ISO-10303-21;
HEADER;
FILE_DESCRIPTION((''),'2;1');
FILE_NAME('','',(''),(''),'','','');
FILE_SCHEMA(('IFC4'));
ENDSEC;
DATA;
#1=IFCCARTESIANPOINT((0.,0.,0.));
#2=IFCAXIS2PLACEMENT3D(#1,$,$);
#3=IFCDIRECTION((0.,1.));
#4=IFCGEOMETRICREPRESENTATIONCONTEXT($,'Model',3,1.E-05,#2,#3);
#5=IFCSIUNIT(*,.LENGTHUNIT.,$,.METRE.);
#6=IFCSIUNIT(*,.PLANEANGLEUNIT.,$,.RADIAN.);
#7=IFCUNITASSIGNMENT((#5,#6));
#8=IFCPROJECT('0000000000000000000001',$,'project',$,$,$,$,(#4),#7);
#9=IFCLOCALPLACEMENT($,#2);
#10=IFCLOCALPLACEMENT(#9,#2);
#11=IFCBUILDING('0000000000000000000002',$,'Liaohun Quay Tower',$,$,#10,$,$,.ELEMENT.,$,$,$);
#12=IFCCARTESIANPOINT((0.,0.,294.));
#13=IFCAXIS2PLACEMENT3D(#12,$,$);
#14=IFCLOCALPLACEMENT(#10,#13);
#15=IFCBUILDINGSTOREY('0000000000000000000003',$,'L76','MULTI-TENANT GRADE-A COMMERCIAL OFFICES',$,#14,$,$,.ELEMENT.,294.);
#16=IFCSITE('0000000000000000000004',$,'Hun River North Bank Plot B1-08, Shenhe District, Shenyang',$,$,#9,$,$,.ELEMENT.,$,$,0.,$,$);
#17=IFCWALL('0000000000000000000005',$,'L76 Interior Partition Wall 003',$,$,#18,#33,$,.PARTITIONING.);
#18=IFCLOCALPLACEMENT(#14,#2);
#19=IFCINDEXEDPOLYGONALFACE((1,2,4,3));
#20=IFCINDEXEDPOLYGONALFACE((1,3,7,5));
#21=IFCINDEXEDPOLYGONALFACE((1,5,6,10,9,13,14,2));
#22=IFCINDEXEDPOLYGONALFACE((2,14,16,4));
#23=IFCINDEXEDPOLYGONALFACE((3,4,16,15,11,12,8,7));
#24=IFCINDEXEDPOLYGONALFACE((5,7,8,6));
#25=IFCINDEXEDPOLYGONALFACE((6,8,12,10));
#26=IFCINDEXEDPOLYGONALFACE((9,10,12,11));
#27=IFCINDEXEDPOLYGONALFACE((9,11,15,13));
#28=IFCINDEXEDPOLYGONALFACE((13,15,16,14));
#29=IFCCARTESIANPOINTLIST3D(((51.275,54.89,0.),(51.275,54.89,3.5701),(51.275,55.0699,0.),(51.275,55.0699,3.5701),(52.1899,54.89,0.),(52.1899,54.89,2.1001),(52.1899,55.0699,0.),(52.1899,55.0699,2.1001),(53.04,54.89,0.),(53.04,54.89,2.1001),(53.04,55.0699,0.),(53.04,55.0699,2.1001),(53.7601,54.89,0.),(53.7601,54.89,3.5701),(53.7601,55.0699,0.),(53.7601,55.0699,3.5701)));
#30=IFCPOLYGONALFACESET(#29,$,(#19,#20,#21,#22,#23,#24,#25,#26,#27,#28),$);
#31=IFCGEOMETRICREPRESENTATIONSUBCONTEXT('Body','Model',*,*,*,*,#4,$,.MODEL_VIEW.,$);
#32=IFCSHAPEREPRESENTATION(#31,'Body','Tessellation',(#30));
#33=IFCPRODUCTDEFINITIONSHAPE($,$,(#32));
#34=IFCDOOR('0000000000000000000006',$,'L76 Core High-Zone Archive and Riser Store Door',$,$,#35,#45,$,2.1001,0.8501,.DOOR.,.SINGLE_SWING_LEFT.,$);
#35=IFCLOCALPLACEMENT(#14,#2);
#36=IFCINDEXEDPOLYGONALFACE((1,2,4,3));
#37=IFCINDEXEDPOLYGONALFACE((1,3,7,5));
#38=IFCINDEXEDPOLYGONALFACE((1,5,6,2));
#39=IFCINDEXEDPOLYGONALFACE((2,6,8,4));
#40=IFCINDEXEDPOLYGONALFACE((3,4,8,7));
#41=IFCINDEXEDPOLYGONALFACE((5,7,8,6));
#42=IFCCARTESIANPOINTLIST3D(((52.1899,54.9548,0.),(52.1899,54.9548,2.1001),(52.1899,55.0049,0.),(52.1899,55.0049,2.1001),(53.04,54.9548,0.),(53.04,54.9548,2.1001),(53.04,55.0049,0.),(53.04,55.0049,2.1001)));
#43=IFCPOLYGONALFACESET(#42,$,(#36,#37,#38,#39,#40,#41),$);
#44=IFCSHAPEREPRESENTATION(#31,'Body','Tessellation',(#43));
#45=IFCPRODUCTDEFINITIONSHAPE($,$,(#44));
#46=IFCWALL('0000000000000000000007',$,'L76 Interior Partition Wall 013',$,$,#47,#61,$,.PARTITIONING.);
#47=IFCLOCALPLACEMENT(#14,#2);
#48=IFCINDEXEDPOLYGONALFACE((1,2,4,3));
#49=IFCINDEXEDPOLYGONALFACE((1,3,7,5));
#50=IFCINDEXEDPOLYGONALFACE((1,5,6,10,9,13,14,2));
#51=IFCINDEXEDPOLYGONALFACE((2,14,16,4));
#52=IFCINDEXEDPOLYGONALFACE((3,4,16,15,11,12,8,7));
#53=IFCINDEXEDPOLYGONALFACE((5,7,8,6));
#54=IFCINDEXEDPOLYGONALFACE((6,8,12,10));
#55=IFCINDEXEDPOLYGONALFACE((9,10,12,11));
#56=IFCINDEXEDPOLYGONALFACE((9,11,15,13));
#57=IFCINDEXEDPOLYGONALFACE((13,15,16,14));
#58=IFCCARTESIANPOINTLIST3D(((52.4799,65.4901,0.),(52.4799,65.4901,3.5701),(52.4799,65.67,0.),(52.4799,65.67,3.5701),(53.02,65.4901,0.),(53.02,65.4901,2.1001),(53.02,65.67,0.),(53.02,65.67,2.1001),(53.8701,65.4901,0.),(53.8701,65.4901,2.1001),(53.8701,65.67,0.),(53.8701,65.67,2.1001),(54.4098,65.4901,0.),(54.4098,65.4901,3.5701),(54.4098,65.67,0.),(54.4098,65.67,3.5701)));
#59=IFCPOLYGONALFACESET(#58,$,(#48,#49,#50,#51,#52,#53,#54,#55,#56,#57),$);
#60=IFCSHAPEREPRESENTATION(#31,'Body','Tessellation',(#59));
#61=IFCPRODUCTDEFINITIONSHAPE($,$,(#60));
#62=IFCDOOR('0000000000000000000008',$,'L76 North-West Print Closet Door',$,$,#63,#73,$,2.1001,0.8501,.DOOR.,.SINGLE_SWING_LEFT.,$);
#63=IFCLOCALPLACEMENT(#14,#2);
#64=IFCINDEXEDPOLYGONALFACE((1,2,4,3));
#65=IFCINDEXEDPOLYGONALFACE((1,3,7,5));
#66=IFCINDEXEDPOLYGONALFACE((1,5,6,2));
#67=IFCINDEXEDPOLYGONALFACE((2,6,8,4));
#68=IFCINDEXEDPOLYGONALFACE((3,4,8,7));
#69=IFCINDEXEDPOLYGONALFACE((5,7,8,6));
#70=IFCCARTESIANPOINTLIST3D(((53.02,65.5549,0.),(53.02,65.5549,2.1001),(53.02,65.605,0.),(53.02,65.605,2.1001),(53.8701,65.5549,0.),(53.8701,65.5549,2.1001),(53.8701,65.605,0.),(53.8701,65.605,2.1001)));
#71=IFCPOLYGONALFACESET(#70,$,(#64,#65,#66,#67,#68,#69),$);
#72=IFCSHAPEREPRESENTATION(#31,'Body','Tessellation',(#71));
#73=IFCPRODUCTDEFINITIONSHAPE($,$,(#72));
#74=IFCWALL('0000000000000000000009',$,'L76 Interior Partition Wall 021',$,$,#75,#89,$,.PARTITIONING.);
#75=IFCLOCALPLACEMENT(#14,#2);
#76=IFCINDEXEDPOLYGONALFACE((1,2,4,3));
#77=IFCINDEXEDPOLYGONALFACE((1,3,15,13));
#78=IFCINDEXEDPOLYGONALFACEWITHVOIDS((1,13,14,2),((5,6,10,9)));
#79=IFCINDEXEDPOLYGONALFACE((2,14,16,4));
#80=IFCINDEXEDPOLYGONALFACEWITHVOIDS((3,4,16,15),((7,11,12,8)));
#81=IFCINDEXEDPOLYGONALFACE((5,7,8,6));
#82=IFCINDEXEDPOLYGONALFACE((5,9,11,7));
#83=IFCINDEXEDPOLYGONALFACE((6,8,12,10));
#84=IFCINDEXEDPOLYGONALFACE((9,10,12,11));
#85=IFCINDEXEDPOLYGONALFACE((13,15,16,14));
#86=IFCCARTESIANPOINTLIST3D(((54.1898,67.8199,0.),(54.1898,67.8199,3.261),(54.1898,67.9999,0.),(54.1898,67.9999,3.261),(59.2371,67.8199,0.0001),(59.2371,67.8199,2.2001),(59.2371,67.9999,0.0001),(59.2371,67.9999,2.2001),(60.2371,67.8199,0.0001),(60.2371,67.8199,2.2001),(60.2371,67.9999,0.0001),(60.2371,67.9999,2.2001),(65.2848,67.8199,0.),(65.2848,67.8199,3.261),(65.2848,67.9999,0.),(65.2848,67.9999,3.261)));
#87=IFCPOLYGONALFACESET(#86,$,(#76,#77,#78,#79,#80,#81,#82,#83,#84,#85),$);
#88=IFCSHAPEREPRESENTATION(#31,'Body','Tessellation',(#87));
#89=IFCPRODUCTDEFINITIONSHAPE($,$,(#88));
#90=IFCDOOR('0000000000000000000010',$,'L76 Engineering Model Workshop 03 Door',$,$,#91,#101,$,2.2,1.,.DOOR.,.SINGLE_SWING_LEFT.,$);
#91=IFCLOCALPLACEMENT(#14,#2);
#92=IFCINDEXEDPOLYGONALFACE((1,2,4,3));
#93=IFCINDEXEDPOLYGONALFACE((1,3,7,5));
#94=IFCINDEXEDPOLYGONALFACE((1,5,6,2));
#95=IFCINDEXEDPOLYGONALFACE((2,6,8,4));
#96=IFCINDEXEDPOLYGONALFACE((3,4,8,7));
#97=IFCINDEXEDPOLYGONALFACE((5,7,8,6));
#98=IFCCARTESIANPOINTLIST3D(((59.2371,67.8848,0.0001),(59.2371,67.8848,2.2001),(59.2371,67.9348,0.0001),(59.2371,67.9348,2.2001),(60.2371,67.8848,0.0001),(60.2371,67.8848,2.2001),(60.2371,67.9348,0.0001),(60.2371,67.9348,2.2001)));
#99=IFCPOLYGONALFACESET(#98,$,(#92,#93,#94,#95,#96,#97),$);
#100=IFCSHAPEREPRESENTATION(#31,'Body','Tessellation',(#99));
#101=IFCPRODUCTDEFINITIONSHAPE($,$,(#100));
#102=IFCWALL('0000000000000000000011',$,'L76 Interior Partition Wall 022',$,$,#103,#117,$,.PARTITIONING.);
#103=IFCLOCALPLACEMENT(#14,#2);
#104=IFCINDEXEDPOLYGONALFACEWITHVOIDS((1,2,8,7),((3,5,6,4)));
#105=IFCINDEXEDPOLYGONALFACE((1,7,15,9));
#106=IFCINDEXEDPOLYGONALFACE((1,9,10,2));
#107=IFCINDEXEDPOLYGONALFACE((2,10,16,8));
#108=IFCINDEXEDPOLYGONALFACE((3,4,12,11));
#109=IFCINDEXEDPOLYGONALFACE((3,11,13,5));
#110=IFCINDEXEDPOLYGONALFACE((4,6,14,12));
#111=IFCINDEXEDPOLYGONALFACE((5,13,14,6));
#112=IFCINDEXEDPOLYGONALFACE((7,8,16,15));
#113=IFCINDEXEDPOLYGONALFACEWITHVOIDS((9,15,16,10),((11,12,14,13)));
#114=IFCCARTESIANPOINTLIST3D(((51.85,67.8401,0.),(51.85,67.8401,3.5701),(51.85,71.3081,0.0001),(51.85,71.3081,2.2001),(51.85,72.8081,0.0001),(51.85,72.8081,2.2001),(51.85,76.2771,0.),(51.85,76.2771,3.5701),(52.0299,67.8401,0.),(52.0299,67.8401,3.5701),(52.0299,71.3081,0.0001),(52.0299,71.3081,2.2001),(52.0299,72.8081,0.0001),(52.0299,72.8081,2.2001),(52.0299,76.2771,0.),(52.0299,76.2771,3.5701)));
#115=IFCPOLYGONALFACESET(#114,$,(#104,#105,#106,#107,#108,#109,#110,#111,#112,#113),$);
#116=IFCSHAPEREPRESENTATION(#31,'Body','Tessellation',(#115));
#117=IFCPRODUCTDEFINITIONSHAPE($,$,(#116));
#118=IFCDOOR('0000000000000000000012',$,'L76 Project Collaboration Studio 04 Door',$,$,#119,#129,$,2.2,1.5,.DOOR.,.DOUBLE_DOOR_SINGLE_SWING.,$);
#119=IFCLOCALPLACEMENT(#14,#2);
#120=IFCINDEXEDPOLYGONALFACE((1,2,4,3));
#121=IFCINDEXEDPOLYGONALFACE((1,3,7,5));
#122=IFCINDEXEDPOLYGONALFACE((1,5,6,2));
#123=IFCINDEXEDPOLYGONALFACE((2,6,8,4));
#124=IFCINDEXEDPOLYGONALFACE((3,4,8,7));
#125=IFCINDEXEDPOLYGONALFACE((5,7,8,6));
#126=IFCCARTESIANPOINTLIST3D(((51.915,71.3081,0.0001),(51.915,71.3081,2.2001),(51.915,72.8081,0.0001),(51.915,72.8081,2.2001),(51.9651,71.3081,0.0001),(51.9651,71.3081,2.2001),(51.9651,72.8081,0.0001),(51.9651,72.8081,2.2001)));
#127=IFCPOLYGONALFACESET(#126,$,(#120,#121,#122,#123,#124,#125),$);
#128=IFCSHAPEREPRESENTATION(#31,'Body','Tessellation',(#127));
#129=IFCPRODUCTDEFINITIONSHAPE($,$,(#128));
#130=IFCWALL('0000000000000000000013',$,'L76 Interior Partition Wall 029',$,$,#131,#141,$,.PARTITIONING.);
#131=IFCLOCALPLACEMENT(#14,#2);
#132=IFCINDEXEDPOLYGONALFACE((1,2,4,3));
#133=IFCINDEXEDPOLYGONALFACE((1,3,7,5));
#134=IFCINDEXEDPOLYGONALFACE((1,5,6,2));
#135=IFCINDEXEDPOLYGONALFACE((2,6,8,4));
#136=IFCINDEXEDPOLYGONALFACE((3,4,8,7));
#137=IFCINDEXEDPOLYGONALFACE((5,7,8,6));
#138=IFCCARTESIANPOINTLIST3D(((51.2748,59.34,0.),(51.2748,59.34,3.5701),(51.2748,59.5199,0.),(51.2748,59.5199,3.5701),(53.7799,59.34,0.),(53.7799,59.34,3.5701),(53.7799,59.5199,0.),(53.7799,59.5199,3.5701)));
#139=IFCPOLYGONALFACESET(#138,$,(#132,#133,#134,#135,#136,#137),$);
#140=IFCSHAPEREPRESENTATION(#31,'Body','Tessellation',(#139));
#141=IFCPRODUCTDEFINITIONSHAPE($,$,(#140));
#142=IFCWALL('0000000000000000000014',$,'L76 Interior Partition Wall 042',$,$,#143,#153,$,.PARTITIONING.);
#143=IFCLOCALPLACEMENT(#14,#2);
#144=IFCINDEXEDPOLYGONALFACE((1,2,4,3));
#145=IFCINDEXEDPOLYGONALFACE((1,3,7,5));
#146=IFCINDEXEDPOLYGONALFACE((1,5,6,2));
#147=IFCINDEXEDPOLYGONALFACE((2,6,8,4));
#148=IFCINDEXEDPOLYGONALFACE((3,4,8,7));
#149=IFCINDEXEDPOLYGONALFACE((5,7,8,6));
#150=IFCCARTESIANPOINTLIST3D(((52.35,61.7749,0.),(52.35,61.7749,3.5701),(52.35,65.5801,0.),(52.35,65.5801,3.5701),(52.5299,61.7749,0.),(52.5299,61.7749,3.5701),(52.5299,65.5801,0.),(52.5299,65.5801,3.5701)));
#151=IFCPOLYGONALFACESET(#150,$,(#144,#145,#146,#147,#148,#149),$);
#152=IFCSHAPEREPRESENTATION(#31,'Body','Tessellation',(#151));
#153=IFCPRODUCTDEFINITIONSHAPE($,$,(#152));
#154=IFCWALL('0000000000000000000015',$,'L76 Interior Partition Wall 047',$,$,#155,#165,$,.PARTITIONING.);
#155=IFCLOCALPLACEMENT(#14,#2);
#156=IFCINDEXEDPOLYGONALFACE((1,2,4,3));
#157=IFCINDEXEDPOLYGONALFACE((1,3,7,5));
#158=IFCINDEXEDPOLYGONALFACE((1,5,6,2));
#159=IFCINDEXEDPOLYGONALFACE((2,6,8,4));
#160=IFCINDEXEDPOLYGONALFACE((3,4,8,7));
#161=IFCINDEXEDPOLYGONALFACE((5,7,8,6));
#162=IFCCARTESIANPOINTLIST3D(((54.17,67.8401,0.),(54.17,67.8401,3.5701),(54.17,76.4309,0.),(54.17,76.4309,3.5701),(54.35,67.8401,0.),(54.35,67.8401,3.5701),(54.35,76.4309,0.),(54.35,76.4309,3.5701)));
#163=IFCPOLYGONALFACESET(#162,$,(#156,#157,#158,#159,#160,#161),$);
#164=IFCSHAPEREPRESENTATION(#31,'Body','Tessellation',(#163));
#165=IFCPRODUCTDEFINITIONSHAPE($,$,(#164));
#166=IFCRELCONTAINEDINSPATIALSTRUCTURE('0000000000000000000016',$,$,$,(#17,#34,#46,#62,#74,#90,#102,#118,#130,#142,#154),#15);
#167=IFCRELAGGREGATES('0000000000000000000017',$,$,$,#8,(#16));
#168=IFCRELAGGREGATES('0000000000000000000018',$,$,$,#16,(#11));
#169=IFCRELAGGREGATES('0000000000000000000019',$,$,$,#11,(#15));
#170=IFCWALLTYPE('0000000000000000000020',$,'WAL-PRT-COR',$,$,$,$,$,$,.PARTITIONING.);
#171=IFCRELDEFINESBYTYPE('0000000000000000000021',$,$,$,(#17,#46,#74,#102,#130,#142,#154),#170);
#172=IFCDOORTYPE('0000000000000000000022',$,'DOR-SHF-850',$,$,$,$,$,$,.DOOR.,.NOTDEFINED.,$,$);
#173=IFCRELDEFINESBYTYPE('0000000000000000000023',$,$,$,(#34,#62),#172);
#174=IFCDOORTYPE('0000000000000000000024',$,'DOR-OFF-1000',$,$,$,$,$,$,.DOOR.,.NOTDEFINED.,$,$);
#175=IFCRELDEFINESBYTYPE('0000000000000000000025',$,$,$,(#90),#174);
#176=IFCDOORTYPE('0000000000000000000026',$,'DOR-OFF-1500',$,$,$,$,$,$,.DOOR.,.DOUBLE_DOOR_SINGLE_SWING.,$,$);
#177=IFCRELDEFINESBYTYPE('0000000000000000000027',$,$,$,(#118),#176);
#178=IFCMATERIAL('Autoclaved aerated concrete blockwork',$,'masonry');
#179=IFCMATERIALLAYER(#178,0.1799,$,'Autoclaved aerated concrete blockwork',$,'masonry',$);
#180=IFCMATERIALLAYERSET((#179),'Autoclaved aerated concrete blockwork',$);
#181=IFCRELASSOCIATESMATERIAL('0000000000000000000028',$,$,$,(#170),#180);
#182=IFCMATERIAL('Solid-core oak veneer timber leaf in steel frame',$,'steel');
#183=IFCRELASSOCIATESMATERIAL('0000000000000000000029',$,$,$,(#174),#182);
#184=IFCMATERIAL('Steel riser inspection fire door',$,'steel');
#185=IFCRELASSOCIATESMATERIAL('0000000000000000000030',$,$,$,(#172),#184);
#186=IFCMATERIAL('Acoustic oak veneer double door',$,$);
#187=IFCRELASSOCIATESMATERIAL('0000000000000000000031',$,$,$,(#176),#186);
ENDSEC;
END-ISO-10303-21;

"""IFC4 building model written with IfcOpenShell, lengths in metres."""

from ifc_helpers import new_model, si_unit, direction, frame, frame_2d, origin, place, context, subcontext, project, spatial, rectangle, extrude, source, transform, mapped, material, layer, layer_set, type_object, element, fill, save


model = new_model("IFC4")

# Units and contexts
model_context = context("Model", 3, precision=1e-05, world=origin(), true_north=direction((0.0, 1.0)))
body_context = subcontext(model_context, "Body", "Model", "MODEL_VIEW")
ifc_project = project(units=[si_unit("LENGTHUNIT", "METRE"), si_unit("PLANEANGLEUNIT", "RADIAN")], contexts=[model_context])

# Site, building, storey
site_placement = place(None, origin())
site = spatial("IfcSite", under=ifc_project, at=site_placement, Name="Hun River North Bank Plot B1-08, Shenhe District, Shenyang", CompositionType="ELEMENT", RefElevation=0.0)
building_placement = place(site_placement, origin())
building = spatial("IfcBuilding", under=site, at=building_placement, Name="Liaohun Quay Tower", CompositionType="ELEMENT")
storey_placement = place(building_placement, frame((0.0, 0.0, 294.0)))
storey = spatial("IfcBuildingStorey", under=building, at=storey_placement, Name="L76", Description="MULTI-TENANT GRADE-A COMMERCIAL OFFICES", CompositionType="ELEMENT", Elevation=294.0)

# Walls, openings, doors
ifc_material_1 = material(Name="Autoclaved aerated concrete blockwork", Category="masonry")
ifc_layer_1 = layer(ifc_material_1, 0.1799, Name="Autoclaved aerated concrete blockwork", Category="masonry")
ifc_layer_set_1 = layer_set([ifc_layer_1], Name="Autoclaved aerated concrete blockwork")
wall_type_1 = type_object("IfcWallType", Name="WAL-PRT-COR", PredefinedType="PARTITIONING", material=ifc_layer_set_1)
shared_shape_1 = source(origin(), body_context, "Body", "SweptSolid", [
    extrude(rectangle(XDim=1.0, YDim=2.2, at=frame_2d((0.5, 1.1001))), frame((0.0, 0.0999, 0.0), z_axis=(0.0, -1.0, 0.0), x_axis=(1.0, 0.0, 0.0)), (0.0, 0.0, 1.0), 0.2),
])
ifc_material_2 = material(Name="Solid-core oak veneer timber leaf in steel frame", Category="steel")
door_type_1 = type_object("IfcDoorType", Name="DOR-OFF-1000", OperationType="NOTDEFINED", PredefinedType="DOOR", material=ifc_material_2)
shared_shape_2 = source(origin(), body_context, "Body", "SweptSolid", [
    extrude(rectangle(XDim=1.0, YDim=2.2, at=frame_2d((0.5, 1.1001))), frame((0.0, 0.0249, 0.0), z_axis=(0.0, -1.0, 0.0), x_axis=(1.0, 0.0, 0.0)), (0.0, 0.0, 1.0), 0.05),
])
wall_1_placement = place(storey_placement, frame((51.2749, 54.98, 0.0), z_axis=(0.0, 0.0, 1.0), x_axis=(1.0, 0.0, 0.0)))
wall_1 = element("IfcWall", 1, at=wall_1_placement, inside=storey, type_object=wall_type_1, Name="L76 Interior Partition Wall 003", PredefinedType="PARTITIONING", context=body_context, shape_type="SweptSolid", body=[
    extrude(rectangle(XDim=2.4851, YDim=0.1799, at=frame_2d((1.2427, 0.0))), origin(), (0.0, 0.0, 1.0), 3.5701),
])
shared_shape_3 = source(origin(), body_context, "Body", "SweptSolid", [
    extrude(rectangle(XDim=0.8501, YDim=2.1001, at=frame_2d((0.425, 1.05))), frame((0.0, 0.0999, 0.0), z_axis=(0.0, -1.0, 0.0), x_axis=(1.0, 0.0, 0.0)), (0.0, 0.0, 1.0), 0.2),
])
opening_1_placement = place(wall_1_placement, frame((0.915, 0.0, 0.0)))
opening_1 = element("IfcOpeningElement", 2, at=opening_1_placement, cuts=wall_1, PredefinedType="OPENING", context=body_context, shape_type="MappedRepresentation", body=[
    mapped(shared_shape_3, transform((0.0, 0.0, 0.0), x_axis=(1.0, 0.0, 0.0), y_axis=(0.0, 1.0, 0.0), z_axis=(0.0, 0.0, 1.0), scale=1.0)),
])
ifc_material_3 = material(Name="Steel riser inspection fire door", Category="steel")
door_type_2 = type_object("IfcDoorType", Name="DOR-SHF-850", OperationType="NOTDEFINED", PredefinedType="DOOR", material=ifc_material_3)
shared_shape_4 = source(origin(), body_context, "Body", "SweptSolid", [
    extrude(rectangle(XDim=0.8501, YDim=2.1001, at=frame_2d((0.425, 1.05))), frame((0.0, 0.0249, 0.0), z_axis=(0.0, -1.0, 0.0), x_axis=(1.0, 0.0, 0.0)), (0.0, 0.0, 1.0), 0.05),
])
door_1_placement = place(opening_1_placement, origin())
door_1 = element("IfcDoor", 3, at=door_1_placement, inside=storey, type_object=door_type_2, Name="L76 Core High-Zone Archive and Riser Store Door", OperationType="SINGLE_SWING_LEFT", OverallHeight=2.1001, OverallWidth=0.8501, PredefinedType="DOOR", context=body_context, shape_type="MappedRepresentation", body=[
    mapped(shared_shape_4, transform((0.0, 0.0, 0.0), x_axis=(1.0, 0.0, 0.0), y_axis=(0.0, 1.0, 0.0), z_axis=(0.0, 0.0, 1.0), scale=1.0)),
])
fill(opening_1, door_1)
wall_2_placement = place(storey_placement, frame((52.48, 65.5801, 0.0), z_axis=(0.0, 0.0, 1.0), x_axis=(1.0, 0.0, 0.0)))
wall_2 = element("IfcWall", 4, at=wall_2_placement, inside=storey, type_object=wall_type_1, Name="L76 Interior Partition Wall 013", PredefinedType="PARTITIONING", context=body_context, shape_type="SweptSolid", body=[
    extrude(rectangle(XDim=1.9299, YDim=0.1799, at=frame_2d((0.9648, 0.0))), origin(), (0.0, 0.0, 1.0), 3.5701),
])
opening_2_placement = place(wall_2_placement, frame((0.54, 0.0, 0.0)))
opening_2 = element("IfcOpeningElement", 5, at=opening_2_placement, cuts=wall_2, PredefinedType="OPENING", context=body_context, shape_type="MappedRepresentation", body=[
    mapped(shared_shape_3, transform((0.0, 0.0, 0.0), x_axis=(1.0, 0.0, 0.0), y_axis=(0.0, 1.0, 0.0), z_axis=(0.0, 0.0, 1.0), scale=1.0)),
])
door_2_placement = place(opening_2_placement, origin())
door_2 = element("IfcDoor", 6, at=door_2_placement, inside=storey, type_object=door_type_2, Name="L76 North-West Print Closet Door", OperationType="SINGLE_SWING_LEFT", OverallHeight=2.1001, OverallWidth=0.8501, PredefinedType="DOOR", context=body_context, shape_type="MappedRepresentation", body=[
    mapped(shared_shape_4, transform((0.0, 0.0, 0.0), x_axis=(1.0, 0.0, 0.0), y_axis=(0.0, 1.0, 0.0), z_axis=(0.0, 0.0, 1.0), scale=1.0)),
])
fill(opening_2, door_2)
wall_3_placement = place(storey_placement, frame((54.1899, 67.9099, 0.0), z_axis=(0.0, 0.0, 1.0), x_axis=(1.0, 0.0, 0.0)))
wall_3 = element("IfcWall", 7, at=wall_3_placement, inside=storey, type_object=wall_type_1, Name="L76 Interior Partition Wall 021", PredefinedType="PARTITIONING", context=body_context, shape_type="SweptSolid", body=[
    extrude(rectangle(XDim=11.095, YDim=0.1799, at=frame_2d((5.5474, 0.0))), origin(), (0.0, 0.0, 1.0), 3.261),
])
opening_3_placement = place(wall_3_placement, frame((5.0471, 0.0, 0.0)))
opening_3 = element("IfcOpeningElement", 8, at=opening_3_placement, cuts=wall_3, PredefinedType="OPENING", context=body_context, shape_type="MappedRepresentation", body=[
    mapped(shared_shape_1, transform((0.0, 0.0, 0.0), x_axis=(1.0, 0.0, 0.0), y_axis=(0.0, 1.0, 0.0), z_axis=(0.0, 0.0, 1.0), scale=1.0)),
])
door_3_placement = place(opening_3_placement, origin())
door_3 = element("IfcDoor", 9, at=door_3_placement, inside=storey, type_object=door_type_1, Name="L76 Engineering Model Workshop 03 Door", OperationType="SINGLE_SWING_LEFT", OverallHeight=2.2, OverallWidth=1.0, PredefinedType="DOOR", context=body_context, shape_type="MappedRepresentation", body=[
    mapped(shared_shape_2, transform((0.0, 0.0, 0.0), x_axis=(1.0, 0.0, 0.0), y_axis=(0.0, 1.0, 0.0), z_axis=(0.0, 0.0, 1.0), scale=1.0)),
])
fill(opening_3, door_3)
wall_4_placement = place(storey_placement, frame((51.9399, 67.8401, 0.0), z_axis=(0.0, 0.0, 1.0), x_axis=(0.0, 1.0, 0.0)))
wall_4 = element("IfcWall", 10, at=wall_4_placement, inside=storey, type_object=wall_type_1, Name="L76 Interior Partition Wall 022", PredefinedType="PARTITIONING", context=body_context, shape_type="SweptSolid", body=[
    extrude(rectangle(XDim=8.437, YDim=0.1799, at=frame_2d((4.2185, 0.0))), origin(), (0.0, 0.0, 1.0), 3.5701),
])
shared_shape_5 = source(origin(), body_context, "Body", "SweptSolid", [
    extrude(rectangle(XDim=1.5, YDim=2.2, at=frame_2d((0.75, 1.1001))), frame((0.0, 0.0999, 0.0), z_axis=(0.0, -1.0, 0.0), x_axis=(1.0, 0.0, 0.0)), (0.0, 0.0, 1.0), 0.2),
])
opening_4_placement = place(wall_4_placement, frame((3.468, 0.0, 0.0)))
opening_4 = element("IfcOpeningElement", 11, at=opening_4_placement, cuts=wall_4, PredefinedType="OPENING", context=body_context, shape_type="MappedRepresentation", body=[
    mapped(shared_shape_5, transform((0.0, 0.0, 0.0), x_axis=(1.0, 0.0, 0.0), y_axis=(0.0, 1.0, 0.0), z_axis=(0.0, 0.0, 1.0), scale=1.0)),
])
ifc_material_4 = material(Name="Acoustic oak veneer double door")
door_type_3 = type_object("IfcDoorType", Name="DOR-OFF-1500", OperationType="DOUBLE_DOOR_SINGLE_SWING", PredefinedType="DOOR", material=ifc_material_4)
shared_shape_6 = source(origin(), body_context, "Body", "SweptSolid", [
    extrude(rectangle(XDim=1.5, YDim=2.2, at=frame_2d((0.75, 1.1001))), frame((0.0, 0.0249, 0.0), z_axis=(0.0, -1.0, 0.0), x_axis=(1.0, 0.0, 0.0)), (0.0, 0.0, 1.0), 0.05),
])
door_4_placement = place(opening_4_placement, origin())
door_4 = element("IfcDoor", 12, at=door_4_placement, inside=storey, type_object=door_type_3, Name="L76 Project Collaboration Studio 04 Door", OperationType="DOUBLE_DOOR_SINGLE_SWING", OverallHeight=2.2, OverallWidth=1.5, PredefinedType="DOOR", context=body_context, shape_type="MappedRepresentation", body=[
    mapped(shared_shape_6, transform((0.0, 0.0, 0.0), x_axis=(1.0, 0.0, 0.0), y_axis=(0.0, 1.0, 0.0), z_axis=(0.0, 0.0, 1.0), scale=1.0)),
])
fill(opening_4, door_4)

# Walls
wall_5_placement = place(storey_placement, frame((51.2749, 59.4299, 0.0), z_axis=(0.0, 0.0, 1.0), x_axis=(1.0, 0.0, 0.0)))
element("IfcWall", 13, at=wall_5_placement, inside=storey, type_object=wall_type_1, Name="L76 Interior Partition Wall 029", PredefinedType="PARTITIONING", context=body_context, shape_type="SweptSolid", body=[
    extrude(rectangle(XDim=2.5051, YDim=0.1799, at=frame_2d((1.2524, 0.0))), origin(), (0.0, 0.0, 1.0), 3.5701),
])
wall_6_placement = place(storey_placement, frame((52.4399, 61.7749, 0.0), z_axis=(0.0, 0.0, 1.0), x_axis=(0.0, 1.0, 0.0)))
element("IfcWall", 14, at=wall_6_placement, inside=storey, type_object=wall_type_1, Name="L76 Interior Partition Wall 042", PredefinedType="PARTITIONING", context=body_context, shape_type="SweptSolid", body=[
    extrude(rectangle(XDim=3.8052, YDim=0.1799, at=frame_2d((1.9026, 0.0))), origin(), (0.0, 0.0, 1.0), 3.5701),
])
wall_7_placement = place(storey_placement, frame((54.26, 76.4309, 0.0), z_axis=(0.0, 0.0, 1.0), x_axis=(0.0, -1.0, 0.0)))
element("IfcWall", 15, at=wall_7_placement, inside=storey, type_object=wall_type_1, Name="L76 Interior Partition Wall 047", PredefinedType="PARTITIONING", context=body_context, shape_type="SweptSolid", body=[
    extrude(rectangle(XDim=8.5908, YDim=0.1799, at=frame_2d((4.2954, 0.0))), origin(), (0.0, 0.0, 1.0), 3.5701),
])

save(model, "model.ifc")
